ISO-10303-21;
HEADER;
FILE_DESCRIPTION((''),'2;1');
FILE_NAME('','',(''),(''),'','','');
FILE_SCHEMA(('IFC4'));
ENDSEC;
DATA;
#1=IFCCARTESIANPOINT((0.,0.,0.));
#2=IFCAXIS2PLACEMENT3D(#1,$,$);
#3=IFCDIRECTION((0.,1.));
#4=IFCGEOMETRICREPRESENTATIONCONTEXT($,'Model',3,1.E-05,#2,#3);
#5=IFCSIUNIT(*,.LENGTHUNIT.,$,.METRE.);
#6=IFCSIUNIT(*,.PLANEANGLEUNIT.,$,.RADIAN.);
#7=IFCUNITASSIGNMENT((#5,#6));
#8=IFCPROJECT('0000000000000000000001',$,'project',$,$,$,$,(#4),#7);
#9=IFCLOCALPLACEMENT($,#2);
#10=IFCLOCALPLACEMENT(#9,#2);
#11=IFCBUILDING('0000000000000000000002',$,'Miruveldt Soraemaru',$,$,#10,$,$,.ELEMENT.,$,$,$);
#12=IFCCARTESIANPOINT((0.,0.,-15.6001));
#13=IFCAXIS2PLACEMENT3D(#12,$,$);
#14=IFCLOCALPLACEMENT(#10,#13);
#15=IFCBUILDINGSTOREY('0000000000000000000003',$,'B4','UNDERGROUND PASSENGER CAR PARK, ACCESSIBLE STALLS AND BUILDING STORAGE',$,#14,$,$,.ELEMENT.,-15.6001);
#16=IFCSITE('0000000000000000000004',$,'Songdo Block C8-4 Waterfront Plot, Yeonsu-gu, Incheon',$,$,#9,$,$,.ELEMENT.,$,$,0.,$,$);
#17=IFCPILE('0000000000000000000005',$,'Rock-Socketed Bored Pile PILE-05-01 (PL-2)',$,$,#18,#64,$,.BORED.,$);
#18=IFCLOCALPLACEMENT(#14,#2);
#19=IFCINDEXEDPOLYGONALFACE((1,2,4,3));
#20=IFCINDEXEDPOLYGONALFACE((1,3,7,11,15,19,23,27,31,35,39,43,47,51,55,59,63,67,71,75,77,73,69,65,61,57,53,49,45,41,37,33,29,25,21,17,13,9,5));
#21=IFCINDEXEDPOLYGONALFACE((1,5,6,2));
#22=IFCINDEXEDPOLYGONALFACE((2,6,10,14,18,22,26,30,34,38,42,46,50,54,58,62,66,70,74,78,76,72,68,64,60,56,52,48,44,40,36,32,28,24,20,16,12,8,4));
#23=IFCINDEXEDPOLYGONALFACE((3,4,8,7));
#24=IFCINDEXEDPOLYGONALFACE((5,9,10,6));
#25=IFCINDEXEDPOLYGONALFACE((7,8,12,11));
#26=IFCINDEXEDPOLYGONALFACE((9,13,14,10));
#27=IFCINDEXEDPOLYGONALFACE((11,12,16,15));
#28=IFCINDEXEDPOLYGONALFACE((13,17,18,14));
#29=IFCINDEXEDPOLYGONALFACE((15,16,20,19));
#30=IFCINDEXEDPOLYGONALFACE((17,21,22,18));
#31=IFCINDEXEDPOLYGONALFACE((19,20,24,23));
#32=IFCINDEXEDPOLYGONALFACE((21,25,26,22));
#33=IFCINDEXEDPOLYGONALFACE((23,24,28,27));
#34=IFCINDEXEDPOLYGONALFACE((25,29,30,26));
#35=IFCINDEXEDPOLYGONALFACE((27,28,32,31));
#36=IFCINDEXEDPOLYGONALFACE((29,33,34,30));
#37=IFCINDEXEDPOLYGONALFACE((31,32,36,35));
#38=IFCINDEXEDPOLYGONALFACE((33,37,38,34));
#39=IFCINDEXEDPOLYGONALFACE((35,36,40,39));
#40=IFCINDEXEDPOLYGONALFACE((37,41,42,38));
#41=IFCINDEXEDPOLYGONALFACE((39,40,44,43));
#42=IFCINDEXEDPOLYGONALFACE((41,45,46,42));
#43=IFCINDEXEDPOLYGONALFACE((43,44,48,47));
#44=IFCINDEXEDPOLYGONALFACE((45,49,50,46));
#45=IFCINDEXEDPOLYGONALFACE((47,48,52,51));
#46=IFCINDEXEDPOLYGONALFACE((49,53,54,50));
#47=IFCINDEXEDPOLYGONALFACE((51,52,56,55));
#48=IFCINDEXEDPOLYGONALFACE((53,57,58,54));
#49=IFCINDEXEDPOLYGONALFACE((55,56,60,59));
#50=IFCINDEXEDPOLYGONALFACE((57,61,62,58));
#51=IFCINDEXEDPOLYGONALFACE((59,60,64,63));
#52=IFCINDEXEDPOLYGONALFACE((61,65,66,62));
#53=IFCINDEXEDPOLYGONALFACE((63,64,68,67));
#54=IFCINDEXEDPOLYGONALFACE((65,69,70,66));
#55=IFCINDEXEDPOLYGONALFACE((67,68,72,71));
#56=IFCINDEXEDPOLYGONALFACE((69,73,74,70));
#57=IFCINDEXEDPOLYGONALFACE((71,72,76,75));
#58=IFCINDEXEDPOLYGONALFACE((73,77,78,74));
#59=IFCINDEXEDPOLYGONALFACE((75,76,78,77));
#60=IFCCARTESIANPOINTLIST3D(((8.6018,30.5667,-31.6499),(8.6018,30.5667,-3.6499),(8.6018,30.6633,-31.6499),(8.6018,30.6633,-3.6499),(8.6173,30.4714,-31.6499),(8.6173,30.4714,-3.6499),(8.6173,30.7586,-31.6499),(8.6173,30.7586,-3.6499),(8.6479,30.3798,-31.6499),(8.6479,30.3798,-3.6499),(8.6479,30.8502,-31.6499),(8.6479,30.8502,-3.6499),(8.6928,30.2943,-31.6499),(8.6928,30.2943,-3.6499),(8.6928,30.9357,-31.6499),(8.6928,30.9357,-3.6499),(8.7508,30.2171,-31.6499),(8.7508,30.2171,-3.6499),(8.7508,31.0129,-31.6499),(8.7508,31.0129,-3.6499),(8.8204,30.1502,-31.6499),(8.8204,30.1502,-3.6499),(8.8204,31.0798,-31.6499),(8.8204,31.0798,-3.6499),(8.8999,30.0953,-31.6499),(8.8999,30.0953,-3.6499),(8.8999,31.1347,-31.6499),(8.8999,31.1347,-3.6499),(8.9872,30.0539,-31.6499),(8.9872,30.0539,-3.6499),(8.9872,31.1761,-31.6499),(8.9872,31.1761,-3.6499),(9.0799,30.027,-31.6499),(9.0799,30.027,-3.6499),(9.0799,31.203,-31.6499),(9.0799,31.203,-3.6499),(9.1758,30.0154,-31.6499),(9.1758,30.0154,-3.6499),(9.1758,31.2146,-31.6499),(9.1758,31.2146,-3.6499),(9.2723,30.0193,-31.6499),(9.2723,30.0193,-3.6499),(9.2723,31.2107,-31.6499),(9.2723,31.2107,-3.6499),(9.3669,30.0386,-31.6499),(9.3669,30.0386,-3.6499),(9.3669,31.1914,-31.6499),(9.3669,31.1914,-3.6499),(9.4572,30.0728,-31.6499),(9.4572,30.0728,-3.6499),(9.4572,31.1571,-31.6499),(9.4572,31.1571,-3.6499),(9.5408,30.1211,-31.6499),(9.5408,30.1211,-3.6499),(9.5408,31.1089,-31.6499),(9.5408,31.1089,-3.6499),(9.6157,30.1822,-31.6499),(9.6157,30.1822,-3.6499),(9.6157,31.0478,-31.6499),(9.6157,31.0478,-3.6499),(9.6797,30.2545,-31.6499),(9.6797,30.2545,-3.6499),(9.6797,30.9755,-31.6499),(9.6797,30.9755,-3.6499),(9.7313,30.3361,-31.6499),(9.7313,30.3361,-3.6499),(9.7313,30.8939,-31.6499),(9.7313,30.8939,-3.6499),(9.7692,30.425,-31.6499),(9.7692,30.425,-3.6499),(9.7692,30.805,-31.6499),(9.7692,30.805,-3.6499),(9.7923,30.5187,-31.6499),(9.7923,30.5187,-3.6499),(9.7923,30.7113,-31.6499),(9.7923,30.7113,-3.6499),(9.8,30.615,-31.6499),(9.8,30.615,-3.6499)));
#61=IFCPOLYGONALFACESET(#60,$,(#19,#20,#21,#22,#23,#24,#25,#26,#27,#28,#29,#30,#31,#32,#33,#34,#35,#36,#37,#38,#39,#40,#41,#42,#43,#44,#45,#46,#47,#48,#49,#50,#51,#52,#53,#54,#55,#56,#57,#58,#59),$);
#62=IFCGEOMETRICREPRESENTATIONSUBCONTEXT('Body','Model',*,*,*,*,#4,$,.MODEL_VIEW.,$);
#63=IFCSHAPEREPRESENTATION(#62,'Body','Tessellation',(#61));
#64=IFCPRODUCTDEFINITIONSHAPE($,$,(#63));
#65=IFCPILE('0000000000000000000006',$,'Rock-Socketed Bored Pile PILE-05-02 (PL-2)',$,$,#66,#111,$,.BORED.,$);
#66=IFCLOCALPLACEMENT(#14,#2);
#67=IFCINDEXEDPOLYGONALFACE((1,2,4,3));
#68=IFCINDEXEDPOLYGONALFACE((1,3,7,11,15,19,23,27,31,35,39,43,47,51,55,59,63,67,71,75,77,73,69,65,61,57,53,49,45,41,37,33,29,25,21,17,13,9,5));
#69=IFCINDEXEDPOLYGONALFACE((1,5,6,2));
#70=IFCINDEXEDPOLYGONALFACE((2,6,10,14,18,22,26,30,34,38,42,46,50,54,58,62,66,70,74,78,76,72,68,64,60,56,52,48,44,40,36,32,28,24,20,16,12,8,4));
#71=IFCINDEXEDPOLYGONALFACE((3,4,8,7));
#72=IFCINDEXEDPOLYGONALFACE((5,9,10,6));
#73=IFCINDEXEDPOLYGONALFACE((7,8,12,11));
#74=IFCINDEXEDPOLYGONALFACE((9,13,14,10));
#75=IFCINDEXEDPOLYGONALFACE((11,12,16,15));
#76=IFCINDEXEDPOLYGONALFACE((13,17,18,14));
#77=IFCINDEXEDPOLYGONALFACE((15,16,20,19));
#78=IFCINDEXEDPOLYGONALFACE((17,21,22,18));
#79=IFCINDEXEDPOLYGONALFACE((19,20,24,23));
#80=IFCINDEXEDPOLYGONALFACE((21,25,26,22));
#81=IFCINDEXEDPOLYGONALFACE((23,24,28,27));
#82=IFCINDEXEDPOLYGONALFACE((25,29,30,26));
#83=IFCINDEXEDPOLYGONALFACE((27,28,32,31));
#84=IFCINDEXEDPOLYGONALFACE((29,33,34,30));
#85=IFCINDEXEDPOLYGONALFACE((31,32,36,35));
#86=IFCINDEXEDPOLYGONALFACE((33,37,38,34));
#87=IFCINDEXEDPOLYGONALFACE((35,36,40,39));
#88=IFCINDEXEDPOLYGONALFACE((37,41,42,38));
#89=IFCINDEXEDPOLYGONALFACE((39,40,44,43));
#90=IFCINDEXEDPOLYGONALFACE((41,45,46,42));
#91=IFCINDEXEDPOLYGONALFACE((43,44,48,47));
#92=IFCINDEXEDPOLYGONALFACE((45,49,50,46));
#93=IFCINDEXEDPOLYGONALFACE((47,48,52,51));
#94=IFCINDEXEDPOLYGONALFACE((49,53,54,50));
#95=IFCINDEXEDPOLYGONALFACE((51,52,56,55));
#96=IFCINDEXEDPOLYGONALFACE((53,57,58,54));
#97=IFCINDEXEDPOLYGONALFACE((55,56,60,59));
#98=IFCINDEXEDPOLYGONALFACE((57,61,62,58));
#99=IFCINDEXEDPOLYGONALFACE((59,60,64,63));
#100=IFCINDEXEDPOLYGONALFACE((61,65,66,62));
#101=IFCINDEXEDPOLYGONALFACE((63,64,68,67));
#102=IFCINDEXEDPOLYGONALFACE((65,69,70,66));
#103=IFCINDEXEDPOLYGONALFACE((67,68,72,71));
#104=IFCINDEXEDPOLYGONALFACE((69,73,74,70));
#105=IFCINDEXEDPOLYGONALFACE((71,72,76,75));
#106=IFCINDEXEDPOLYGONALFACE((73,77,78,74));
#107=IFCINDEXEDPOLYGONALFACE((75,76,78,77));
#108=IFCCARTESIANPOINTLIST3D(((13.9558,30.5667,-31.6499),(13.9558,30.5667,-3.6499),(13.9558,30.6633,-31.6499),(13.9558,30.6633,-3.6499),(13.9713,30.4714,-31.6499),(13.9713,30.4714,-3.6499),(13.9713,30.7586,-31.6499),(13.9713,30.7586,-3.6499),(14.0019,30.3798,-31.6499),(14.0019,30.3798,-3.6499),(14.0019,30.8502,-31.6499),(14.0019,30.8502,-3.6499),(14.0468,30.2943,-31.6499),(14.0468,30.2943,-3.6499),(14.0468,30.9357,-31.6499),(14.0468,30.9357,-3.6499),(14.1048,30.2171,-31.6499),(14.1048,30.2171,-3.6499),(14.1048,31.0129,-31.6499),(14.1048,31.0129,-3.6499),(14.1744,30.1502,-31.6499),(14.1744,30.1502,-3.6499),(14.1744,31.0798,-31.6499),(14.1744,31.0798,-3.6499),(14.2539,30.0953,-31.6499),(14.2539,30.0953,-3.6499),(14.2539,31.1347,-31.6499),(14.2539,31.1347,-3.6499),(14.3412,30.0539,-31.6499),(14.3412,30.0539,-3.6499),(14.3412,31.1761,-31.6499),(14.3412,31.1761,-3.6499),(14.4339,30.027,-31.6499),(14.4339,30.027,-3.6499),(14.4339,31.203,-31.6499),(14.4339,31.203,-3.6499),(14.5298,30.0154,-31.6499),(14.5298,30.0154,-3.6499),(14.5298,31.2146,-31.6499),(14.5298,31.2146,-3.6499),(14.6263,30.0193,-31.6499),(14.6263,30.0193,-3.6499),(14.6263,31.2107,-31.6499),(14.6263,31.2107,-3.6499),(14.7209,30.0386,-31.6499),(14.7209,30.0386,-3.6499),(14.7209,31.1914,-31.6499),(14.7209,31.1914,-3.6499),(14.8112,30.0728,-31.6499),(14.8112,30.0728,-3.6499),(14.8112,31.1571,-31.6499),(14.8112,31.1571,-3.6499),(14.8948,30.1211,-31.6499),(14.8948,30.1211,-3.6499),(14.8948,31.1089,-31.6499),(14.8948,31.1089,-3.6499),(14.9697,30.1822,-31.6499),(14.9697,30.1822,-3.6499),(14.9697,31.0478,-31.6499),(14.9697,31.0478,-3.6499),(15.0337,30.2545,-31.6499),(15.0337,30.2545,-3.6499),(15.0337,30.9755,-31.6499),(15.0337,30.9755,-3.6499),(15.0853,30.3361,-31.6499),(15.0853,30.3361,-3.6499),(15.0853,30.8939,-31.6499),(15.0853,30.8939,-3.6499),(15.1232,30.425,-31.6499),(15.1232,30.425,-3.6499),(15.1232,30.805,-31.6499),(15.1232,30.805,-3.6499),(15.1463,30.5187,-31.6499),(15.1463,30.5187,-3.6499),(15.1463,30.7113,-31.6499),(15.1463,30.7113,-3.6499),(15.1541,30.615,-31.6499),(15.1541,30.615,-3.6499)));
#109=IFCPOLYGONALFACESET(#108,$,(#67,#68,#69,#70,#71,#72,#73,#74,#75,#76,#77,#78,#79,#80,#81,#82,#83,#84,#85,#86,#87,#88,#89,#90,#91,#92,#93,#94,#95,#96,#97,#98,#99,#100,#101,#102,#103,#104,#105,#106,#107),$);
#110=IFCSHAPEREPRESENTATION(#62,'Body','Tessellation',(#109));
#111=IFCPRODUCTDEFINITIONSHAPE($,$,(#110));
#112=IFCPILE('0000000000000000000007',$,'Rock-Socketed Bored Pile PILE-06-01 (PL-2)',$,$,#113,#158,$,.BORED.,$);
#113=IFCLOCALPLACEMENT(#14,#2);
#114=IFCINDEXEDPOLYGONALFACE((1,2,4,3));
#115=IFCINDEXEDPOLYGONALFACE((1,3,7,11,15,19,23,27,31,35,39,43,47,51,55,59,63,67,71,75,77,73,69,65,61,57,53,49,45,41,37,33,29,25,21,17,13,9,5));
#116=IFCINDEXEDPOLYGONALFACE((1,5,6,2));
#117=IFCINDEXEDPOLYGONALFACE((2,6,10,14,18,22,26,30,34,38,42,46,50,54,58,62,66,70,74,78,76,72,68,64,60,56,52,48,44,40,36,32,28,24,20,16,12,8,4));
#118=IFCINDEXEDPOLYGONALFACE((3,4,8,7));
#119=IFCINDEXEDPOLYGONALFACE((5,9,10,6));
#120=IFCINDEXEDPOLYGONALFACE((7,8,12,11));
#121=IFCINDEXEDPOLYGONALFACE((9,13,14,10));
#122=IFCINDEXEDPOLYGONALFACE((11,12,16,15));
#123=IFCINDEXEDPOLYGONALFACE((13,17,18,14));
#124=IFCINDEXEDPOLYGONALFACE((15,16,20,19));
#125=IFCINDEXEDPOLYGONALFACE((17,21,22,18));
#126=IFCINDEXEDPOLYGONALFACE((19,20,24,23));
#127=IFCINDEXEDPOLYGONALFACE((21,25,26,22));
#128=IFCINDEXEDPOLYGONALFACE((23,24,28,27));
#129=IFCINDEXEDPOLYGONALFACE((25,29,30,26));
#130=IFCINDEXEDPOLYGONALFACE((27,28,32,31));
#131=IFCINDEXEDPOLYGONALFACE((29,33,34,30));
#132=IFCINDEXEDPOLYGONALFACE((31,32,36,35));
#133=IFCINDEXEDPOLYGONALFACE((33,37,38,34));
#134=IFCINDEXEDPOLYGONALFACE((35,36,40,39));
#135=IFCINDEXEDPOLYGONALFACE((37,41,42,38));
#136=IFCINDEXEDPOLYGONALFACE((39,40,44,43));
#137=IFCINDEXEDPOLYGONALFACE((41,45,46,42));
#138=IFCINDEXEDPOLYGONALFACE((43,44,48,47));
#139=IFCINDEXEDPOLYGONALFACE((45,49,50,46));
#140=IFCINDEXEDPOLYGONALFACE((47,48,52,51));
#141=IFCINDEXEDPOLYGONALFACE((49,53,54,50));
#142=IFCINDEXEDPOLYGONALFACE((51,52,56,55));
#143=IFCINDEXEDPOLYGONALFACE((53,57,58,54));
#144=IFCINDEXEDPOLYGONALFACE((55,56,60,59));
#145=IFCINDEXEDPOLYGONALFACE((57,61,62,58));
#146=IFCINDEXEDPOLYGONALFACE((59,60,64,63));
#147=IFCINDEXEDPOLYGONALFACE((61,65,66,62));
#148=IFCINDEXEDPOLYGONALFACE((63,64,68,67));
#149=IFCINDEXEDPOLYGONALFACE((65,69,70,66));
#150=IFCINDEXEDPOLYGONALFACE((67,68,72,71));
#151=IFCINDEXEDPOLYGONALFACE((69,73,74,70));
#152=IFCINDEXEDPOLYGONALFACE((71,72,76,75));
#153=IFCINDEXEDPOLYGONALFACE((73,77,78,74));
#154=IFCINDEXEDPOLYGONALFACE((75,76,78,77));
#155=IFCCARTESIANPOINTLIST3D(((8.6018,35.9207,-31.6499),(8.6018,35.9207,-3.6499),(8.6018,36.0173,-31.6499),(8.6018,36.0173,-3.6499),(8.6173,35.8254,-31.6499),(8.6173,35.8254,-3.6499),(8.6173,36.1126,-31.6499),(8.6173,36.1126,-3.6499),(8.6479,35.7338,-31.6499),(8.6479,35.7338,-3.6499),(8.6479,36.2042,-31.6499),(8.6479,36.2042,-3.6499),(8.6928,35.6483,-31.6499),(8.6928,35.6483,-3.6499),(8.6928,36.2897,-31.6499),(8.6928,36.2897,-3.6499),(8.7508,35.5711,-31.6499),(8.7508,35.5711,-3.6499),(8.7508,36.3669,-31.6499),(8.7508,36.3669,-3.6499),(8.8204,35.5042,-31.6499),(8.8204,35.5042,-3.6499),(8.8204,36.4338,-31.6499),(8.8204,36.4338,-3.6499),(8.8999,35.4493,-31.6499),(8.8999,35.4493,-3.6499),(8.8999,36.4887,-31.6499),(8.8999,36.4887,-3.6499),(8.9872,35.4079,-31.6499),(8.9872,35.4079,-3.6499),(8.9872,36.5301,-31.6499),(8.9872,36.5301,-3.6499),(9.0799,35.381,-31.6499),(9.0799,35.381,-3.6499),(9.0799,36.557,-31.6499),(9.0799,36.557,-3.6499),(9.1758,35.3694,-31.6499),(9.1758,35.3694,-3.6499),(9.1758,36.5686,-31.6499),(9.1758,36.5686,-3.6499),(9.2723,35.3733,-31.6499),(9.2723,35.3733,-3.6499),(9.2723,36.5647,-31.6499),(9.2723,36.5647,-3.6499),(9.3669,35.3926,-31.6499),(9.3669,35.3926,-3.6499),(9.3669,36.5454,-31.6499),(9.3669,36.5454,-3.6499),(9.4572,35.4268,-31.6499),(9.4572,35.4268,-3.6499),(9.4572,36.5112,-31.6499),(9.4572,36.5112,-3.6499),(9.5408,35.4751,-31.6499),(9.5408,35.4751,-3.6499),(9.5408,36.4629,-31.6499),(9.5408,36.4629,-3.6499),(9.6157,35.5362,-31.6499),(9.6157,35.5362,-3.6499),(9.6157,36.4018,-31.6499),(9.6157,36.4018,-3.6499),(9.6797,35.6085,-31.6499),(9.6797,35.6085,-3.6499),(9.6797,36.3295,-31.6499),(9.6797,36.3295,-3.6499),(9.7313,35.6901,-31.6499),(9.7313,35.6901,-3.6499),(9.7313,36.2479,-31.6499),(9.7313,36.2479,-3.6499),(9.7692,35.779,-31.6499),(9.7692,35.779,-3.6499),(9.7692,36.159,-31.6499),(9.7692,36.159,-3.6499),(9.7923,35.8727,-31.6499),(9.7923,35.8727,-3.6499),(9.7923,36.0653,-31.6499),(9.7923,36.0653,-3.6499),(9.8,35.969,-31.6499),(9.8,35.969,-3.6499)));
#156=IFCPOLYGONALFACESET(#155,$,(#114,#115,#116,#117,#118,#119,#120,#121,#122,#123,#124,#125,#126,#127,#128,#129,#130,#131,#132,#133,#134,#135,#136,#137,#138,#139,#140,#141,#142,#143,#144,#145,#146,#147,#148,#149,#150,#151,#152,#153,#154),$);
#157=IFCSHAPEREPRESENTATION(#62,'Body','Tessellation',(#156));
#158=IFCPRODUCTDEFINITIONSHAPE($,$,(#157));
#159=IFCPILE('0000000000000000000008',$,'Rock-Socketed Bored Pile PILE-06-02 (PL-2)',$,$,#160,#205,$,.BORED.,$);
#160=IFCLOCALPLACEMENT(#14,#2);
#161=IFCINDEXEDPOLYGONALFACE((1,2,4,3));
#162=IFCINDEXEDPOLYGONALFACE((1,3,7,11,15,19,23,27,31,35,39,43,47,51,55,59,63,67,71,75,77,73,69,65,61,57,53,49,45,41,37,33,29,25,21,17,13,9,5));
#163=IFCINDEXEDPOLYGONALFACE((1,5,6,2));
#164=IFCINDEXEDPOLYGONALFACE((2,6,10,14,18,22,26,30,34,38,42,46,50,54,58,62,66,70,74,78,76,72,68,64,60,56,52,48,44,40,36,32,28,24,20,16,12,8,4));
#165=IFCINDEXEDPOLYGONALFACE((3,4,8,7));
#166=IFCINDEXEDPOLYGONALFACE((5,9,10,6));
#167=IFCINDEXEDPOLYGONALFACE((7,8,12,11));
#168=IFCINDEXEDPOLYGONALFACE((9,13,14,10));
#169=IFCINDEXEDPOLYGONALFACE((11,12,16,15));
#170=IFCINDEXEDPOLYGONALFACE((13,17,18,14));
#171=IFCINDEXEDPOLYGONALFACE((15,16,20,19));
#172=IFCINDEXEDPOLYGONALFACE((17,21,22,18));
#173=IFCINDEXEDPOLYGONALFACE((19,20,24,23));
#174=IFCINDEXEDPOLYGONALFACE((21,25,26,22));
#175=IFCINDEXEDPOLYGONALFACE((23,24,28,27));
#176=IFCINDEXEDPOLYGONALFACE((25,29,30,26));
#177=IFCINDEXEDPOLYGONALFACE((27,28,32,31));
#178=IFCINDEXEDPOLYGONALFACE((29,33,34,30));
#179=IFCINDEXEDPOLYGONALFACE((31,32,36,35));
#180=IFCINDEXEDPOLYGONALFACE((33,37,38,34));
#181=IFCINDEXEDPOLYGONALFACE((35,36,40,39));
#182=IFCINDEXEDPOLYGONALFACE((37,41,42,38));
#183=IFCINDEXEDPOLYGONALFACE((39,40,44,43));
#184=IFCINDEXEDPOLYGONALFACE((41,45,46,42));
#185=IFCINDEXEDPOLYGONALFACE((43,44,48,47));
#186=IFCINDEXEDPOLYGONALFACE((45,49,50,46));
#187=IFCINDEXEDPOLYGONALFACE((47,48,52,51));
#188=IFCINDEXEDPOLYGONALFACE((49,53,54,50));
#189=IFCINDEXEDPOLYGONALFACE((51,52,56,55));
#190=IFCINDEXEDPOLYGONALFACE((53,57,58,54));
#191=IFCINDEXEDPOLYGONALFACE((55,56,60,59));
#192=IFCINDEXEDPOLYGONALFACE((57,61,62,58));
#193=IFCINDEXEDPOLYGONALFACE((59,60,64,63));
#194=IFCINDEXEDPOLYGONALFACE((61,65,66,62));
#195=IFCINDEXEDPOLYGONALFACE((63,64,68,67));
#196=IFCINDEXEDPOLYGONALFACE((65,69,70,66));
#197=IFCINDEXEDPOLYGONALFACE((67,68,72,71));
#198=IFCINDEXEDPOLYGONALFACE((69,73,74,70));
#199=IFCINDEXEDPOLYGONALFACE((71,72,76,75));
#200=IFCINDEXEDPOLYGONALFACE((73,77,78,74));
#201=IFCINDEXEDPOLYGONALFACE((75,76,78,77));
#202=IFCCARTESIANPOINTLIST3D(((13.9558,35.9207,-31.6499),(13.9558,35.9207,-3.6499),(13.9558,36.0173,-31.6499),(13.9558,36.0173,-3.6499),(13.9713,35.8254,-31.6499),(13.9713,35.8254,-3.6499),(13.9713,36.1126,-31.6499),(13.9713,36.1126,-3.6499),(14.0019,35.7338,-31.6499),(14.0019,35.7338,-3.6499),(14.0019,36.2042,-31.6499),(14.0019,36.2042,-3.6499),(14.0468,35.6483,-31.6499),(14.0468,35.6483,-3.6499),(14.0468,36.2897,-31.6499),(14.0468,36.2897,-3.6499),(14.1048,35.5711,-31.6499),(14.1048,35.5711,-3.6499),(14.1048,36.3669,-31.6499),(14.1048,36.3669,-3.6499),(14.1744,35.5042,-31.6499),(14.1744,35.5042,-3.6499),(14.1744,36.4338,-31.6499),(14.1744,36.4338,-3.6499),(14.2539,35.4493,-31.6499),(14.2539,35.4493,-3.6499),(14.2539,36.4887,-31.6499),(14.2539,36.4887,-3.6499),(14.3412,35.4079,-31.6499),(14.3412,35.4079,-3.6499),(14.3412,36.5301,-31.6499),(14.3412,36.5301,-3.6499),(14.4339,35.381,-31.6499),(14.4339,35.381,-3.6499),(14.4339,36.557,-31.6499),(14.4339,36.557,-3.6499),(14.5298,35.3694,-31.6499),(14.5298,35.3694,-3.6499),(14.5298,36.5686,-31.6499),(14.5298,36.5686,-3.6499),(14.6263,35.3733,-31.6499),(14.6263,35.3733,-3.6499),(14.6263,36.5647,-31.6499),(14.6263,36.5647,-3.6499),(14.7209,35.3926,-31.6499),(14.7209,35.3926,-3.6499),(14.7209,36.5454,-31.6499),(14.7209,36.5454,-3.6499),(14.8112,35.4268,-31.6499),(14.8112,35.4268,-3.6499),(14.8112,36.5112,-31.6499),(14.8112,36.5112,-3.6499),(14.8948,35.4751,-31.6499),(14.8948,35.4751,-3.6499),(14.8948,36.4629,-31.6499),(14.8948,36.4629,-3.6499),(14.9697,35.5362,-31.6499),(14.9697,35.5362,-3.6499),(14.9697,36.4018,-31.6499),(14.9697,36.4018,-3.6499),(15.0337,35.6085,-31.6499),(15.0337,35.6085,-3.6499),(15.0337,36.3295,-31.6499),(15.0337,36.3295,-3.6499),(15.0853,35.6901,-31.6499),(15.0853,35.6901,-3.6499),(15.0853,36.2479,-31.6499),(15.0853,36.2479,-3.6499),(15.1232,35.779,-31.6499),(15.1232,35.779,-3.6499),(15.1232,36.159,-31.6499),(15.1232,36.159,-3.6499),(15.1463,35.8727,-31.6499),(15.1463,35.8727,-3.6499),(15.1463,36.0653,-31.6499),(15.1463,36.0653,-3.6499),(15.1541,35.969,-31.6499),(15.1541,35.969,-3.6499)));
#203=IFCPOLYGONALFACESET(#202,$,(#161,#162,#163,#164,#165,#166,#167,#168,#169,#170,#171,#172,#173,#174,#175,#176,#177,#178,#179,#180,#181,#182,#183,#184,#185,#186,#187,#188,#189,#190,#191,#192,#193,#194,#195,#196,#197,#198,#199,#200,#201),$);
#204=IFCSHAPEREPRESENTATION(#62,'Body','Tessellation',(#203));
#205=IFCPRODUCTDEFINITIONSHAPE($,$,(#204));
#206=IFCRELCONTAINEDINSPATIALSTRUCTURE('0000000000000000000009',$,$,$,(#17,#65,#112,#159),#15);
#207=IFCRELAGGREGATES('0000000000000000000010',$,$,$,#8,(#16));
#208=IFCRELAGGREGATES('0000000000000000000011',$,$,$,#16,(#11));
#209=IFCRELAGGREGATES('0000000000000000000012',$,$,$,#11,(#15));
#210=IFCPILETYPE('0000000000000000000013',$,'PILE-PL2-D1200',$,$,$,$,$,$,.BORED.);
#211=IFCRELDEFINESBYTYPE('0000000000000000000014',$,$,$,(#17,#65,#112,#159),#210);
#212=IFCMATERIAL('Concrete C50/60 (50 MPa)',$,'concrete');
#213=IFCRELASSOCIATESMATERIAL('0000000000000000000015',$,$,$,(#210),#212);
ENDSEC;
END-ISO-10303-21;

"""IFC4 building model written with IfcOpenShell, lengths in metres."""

from ifc_helpers import new_model, si_unit, direction, frame, origin, origin_2d, place, context, subcontext, project, spatial, circle, extrude, material, material_profile, profile_set, type_object, element, save


model = new_model("IFC4")

# Units and contexts
model_context = context("Model", 3, precision=1e-05, world=origin(), true_north=direction((0.0, 1.0)))
body_context = subcontext(model_context, "Body", "Model", "MODEL_VIEW")
ifc_project = project(units=[si_unit("LENGTHUNIT", "METRE"), si_unit("PLANEANGLEUNIT", "RADIAN")], contexts=[model_context])

# Site, building, storey
site_placement = place(None, origin())
site = spatial("IfcSite", under=ifc_project, at=site_placement, Name="Songdo Block C8-4 Waterfront Plot, Yeonsu-gu, Incheon", CompositionType="ELEMENT", RefElevation=0.0)
building_placement = place(site_placement, origin())
building = spatial("IfcBuilding", under=site, at=building_placement, Name="Miruveldt Soraemaru", CompositionType="ELEMENT")
storey_placement = place(building_placement, frame((0.0, 0.0, -15.6001)))
storey = spatial("IfcBuildingStorey", under=building, at=storey_placement, Name="B4", Description="UNDERGROUND PASSENGER CAR PARK, ACCESSIBLE STALLS AND BUILDING STORAGE", CompositionType="ELEMENT", Elevation=-15.6001)

# Piles
ifc_material_1 = material(Name="Concrete C50/60 (50 MPa)", Category="concrete")
ifc_material_profile_1 = material_profile(ifc_material_1, circle(Radius=0.6001, at=origin_2d()), Name="Concrete C50/60 (50 MPa)", Category="concrete")
ifc_profile_set_1 = profile_set([ifc_material_profile_1], Name="Concrete C50/60 (50 MPa)")
pile_type_1 = type_object("IfcPileType", Name="PILE-PL2-D1200", PredefinedType="BORED", material=ifc_profile_set_1)
for number, where, z_axis, x_axis, name in (
    (1, (9.2, 30.615, -3.6499), (0.0, 0.0, -1.0), (1.0, 0.0, 0.0), "Rock-Socketed Bored Pile PILE-05-01 (PL-2)"),
    (2, (14.554, 30.615, -3.6499), (0.0, 0.0, -1.0), (1.0, 0.0, 0.0), "Rock-Socketed Bored Pile PILE-05-02 (PL-2)"),
    (3, (9.2, 35.969, -3.6499), (0.0, 0.0, -1.0), (1.0, 0.0, 0.0), "Rock-Socketed Bored Pile PILE-06-01 (PL-2)"),
    (4, (14.554, 35.969, -3.6499), (0.0, 0.0, -1.0), (1.0, 0.0, 0.0), "Rock-Socketed Bored Pile PILE-06-02 (PL-2)"),
):
    element("IfcPile", number, at=place(storey_placement, frame(where, z_axis=z_axis, x_axis=x_axis)), inside=storey, type_object=pile_type_1, Name=name, PredefinedType="BORED", context=body_context, shape_type="SweptSolid", body=[
        extrude(circle(Radius=0.6001, at=origin_2d()), origin(), (0.0, 0.0, 1.0), 28.0),
    ])

save(model, "model.ifc")
